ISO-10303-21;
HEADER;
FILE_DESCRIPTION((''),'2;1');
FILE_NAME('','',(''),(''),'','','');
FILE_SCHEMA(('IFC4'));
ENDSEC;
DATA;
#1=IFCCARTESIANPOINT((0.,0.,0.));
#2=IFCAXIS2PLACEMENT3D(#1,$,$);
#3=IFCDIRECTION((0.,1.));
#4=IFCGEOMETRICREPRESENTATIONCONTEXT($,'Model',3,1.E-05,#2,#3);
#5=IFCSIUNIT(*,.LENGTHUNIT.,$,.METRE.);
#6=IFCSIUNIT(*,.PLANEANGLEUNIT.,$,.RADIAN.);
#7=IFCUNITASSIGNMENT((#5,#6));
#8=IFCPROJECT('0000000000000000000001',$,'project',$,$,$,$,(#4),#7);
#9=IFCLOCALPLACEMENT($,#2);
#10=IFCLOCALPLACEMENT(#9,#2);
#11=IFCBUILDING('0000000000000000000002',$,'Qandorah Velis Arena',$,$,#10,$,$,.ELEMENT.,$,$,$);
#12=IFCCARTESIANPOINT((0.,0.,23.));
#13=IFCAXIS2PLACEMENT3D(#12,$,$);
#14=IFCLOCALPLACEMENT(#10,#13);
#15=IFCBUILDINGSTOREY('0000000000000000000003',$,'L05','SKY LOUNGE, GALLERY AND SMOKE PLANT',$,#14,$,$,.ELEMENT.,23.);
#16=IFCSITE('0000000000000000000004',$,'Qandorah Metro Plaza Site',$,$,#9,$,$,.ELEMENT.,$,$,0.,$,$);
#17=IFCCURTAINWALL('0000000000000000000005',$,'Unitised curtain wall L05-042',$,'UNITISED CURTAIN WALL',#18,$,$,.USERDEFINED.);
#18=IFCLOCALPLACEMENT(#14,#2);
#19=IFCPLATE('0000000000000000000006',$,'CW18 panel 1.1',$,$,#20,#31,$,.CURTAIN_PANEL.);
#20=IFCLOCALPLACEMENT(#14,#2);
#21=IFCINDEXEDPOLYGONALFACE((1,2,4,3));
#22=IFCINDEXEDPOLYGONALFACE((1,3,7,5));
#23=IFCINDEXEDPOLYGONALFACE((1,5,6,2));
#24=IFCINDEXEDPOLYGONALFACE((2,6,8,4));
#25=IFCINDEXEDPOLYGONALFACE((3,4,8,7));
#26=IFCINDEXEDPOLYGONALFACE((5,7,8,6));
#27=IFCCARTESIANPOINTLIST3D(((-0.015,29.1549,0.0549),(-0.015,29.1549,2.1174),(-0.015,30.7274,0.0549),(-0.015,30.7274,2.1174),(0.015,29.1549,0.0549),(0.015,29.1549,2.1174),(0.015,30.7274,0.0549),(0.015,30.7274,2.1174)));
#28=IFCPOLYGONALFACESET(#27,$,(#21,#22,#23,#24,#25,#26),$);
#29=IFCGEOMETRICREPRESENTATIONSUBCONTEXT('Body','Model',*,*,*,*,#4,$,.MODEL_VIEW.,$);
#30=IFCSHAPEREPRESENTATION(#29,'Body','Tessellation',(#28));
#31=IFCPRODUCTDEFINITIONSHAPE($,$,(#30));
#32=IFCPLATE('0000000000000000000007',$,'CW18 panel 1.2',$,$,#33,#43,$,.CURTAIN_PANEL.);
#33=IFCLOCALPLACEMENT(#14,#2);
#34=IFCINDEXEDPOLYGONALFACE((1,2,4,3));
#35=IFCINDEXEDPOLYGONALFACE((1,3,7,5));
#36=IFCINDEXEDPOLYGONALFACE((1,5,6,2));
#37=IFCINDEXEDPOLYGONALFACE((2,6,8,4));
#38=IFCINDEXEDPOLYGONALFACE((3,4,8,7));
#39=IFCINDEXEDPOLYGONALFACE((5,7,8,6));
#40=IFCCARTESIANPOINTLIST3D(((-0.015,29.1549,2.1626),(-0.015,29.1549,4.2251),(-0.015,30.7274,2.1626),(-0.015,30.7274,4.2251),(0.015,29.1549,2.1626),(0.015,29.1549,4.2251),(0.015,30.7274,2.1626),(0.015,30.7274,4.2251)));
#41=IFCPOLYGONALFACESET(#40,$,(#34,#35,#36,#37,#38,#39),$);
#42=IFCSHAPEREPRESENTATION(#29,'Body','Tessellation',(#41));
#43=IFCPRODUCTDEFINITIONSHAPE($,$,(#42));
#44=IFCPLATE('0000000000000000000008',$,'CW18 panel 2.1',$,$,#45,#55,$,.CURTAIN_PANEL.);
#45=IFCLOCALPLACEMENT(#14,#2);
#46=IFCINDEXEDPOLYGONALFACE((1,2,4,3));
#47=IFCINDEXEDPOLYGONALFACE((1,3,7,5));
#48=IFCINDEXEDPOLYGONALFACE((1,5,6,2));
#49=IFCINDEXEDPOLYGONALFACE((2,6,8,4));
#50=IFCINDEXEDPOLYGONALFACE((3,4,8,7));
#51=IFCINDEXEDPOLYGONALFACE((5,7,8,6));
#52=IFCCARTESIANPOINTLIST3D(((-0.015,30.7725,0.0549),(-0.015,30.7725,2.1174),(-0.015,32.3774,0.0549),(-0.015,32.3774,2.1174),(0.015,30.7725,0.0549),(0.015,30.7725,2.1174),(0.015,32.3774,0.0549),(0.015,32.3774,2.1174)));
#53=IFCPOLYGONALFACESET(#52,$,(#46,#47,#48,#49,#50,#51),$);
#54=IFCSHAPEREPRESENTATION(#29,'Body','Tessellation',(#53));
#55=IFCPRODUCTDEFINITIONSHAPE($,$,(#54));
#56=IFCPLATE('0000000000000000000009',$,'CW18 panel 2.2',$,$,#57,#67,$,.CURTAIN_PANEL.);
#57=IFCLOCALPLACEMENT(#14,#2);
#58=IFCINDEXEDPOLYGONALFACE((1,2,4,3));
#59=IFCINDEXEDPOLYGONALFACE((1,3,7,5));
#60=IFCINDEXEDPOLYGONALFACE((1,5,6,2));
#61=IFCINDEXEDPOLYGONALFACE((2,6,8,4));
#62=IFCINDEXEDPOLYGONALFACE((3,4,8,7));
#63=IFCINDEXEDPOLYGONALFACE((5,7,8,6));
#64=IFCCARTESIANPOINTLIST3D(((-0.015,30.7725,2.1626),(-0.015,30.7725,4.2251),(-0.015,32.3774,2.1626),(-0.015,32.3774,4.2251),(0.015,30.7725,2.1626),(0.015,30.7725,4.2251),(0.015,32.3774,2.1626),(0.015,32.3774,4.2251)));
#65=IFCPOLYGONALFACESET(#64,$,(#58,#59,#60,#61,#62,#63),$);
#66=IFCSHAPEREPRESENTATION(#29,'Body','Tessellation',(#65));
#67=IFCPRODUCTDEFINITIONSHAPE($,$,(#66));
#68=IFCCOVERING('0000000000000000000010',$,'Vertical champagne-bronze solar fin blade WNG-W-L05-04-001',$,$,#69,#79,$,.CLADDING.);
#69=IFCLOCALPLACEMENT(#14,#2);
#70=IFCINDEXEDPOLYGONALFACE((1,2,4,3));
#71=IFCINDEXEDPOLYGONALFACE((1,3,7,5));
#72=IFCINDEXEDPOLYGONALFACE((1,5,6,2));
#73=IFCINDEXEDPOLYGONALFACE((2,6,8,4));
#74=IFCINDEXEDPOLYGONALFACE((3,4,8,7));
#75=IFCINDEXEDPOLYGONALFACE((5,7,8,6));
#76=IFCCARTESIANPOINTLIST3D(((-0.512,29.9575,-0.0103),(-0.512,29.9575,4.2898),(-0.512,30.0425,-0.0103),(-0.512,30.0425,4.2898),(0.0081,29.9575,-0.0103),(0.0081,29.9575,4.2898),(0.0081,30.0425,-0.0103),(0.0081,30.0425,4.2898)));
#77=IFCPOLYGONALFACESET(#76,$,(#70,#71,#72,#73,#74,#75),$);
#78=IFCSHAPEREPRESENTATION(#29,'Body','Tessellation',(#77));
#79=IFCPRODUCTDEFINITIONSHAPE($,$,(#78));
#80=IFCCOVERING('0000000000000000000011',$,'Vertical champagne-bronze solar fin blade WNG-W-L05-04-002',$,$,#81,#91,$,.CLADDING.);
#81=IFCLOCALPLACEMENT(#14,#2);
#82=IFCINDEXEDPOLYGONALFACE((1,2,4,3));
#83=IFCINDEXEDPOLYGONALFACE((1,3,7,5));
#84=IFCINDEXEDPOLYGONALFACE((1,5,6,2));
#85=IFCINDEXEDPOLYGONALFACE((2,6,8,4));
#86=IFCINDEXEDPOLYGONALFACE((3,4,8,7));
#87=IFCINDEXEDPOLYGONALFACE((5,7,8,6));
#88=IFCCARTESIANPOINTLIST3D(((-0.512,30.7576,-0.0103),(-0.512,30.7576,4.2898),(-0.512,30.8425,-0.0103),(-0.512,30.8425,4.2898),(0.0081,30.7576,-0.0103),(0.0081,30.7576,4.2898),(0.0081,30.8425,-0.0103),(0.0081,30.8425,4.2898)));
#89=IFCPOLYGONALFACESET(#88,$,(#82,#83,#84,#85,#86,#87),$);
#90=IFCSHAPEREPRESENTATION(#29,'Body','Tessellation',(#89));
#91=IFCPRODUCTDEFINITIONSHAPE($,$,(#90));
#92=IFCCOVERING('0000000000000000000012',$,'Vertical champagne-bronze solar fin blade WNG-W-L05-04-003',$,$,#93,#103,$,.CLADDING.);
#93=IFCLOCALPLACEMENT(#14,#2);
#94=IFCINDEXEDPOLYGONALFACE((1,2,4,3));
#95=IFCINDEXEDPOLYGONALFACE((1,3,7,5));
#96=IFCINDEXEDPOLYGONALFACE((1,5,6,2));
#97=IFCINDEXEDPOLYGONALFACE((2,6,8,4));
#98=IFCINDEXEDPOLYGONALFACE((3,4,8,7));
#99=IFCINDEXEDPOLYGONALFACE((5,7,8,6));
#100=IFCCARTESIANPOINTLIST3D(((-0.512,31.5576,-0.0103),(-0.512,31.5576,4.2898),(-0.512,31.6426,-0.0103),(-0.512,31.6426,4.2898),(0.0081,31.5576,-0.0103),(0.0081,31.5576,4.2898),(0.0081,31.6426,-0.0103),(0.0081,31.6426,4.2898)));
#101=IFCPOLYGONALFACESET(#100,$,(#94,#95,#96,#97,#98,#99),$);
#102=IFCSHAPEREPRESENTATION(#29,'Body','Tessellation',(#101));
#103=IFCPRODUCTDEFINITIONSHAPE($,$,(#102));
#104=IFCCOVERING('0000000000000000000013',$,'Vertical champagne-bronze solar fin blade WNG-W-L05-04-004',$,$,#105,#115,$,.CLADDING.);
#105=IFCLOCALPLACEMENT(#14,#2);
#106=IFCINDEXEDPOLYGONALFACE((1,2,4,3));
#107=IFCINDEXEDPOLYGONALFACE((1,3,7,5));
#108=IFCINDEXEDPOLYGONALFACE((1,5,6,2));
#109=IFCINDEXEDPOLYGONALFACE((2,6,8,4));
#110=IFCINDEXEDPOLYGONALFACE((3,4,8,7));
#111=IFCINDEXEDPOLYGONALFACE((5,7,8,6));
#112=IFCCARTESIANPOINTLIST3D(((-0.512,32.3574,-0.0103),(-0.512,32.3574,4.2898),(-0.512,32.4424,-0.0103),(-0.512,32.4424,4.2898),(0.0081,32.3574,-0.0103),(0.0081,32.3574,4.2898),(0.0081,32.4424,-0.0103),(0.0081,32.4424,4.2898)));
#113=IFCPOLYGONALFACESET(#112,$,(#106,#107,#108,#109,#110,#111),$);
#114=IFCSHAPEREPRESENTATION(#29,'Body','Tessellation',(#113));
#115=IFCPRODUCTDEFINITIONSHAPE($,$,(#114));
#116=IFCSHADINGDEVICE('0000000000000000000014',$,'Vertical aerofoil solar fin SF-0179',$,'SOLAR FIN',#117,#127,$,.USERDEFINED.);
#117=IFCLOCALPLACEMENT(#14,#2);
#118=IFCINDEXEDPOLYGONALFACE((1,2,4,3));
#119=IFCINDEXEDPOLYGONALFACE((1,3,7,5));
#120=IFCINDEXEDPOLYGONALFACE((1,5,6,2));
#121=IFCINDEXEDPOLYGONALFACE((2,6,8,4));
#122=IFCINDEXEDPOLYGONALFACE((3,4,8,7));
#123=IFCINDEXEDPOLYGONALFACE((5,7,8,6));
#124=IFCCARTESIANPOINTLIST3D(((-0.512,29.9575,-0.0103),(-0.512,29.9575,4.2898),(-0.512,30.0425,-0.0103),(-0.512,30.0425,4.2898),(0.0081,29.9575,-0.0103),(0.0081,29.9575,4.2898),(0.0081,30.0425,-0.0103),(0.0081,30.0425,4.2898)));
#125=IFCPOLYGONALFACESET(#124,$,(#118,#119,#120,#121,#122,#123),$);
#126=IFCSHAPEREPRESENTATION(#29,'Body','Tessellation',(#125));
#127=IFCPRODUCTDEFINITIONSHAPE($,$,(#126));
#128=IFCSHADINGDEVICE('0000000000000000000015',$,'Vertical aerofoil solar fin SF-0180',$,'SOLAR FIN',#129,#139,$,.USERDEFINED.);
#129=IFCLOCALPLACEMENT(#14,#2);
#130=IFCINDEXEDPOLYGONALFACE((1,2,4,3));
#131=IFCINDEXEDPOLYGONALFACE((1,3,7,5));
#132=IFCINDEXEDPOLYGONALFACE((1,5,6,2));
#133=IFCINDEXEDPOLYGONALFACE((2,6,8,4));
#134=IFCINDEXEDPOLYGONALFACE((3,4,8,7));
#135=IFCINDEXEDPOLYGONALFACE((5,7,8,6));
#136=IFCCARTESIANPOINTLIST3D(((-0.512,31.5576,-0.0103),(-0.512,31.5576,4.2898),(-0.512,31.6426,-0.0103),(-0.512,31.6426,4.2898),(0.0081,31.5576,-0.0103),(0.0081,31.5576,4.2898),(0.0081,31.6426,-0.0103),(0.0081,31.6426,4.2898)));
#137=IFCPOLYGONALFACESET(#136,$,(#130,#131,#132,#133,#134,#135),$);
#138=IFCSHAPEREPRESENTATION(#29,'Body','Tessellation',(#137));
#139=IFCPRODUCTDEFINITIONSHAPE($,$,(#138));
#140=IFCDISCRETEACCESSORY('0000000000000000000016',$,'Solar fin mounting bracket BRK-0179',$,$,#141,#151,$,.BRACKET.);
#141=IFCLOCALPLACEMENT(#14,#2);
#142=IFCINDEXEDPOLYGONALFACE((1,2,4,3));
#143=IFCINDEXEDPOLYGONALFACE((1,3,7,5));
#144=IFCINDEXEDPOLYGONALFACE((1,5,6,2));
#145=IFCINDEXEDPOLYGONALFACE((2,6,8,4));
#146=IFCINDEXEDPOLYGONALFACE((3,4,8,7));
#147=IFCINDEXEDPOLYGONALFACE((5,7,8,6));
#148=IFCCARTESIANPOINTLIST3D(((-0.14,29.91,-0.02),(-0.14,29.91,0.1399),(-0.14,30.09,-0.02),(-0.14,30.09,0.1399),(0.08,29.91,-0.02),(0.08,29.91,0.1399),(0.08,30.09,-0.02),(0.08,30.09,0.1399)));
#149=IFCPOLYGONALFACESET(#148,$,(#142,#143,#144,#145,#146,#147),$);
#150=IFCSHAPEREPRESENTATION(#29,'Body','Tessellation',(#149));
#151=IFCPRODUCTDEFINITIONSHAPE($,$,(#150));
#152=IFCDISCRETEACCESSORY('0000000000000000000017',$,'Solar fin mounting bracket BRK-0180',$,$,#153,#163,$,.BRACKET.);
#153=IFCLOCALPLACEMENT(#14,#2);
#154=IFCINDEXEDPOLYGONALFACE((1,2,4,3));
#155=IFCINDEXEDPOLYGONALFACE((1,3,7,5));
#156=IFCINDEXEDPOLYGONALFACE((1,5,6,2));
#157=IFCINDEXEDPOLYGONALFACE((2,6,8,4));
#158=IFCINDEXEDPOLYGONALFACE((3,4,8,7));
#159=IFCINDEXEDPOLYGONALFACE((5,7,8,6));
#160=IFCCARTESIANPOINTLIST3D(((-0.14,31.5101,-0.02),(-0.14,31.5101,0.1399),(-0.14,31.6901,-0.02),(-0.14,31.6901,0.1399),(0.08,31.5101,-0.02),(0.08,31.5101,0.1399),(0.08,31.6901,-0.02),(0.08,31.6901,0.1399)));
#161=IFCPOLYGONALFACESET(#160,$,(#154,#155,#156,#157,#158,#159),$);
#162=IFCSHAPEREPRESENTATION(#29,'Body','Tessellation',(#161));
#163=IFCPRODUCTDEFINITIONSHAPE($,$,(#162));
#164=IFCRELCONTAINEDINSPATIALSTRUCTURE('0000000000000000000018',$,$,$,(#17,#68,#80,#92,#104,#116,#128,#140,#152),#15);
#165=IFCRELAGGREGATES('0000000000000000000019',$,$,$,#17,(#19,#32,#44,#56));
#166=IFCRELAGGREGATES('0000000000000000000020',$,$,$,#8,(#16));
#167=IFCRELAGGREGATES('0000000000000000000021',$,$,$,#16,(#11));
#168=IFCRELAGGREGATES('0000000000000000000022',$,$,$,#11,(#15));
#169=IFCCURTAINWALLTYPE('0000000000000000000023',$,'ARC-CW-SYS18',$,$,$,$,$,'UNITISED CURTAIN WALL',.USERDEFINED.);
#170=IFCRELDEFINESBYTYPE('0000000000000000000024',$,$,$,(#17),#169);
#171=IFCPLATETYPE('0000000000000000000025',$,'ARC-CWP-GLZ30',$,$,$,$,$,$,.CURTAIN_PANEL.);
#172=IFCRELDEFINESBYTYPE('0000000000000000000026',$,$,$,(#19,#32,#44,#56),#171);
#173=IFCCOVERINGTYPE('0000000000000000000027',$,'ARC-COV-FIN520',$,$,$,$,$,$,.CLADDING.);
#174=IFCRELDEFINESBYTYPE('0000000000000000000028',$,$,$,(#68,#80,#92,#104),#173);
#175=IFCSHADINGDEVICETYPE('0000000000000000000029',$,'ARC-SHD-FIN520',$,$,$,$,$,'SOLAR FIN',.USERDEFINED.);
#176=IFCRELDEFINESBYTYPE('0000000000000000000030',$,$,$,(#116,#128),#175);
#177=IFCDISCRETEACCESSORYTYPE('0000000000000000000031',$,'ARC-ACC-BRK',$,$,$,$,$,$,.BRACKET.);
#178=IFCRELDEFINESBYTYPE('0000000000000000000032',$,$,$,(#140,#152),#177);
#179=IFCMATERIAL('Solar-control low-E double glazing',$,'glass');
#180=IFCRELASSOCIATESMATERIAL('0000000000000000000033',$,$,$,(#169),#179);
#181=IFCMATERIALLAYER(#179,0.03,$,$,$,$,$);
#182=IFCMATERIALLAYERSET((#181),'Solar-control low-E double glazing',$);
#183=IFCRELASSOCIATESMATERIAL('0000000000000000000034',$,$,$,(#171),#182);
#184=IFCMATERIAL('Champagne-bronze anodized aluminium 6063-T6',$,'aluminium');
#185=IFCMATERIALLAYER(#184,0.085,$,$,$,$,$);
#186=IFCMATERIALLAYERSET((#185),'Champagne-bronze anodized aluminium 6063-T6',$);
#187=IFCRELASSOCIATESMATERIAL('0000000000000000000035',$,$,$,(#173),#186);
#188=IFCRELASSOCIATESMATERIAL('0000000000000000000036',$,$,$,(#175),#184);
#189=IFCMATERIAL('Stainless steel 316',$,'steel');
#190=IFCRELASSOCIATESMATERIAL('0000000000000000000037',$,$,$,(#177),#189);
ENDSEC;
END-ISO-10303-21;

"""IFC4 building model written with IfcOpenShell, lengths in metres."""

from ifc_helpers import new_model, si_unit, direction, frame, origin, origin_2d, place, context, subcontext, project, spatial, rectangle, extrude, material, layer, layer_set, type_object, element, aggregate, save


model = new_model("IFC4")

# Units and contexts
model_context = context("Model", 3, precision=1e-05, world=origin(), true_north=direction((0.0, 1.0)))
body_context = subcontext(model_context, "Body", "Model", "MODEL_VIEW")
ifc_project = project(units=[si_unit("LENGTHUNIT", "METRE"), si_unit("PLANEANGLEUNIT", "RADIAN")], contexts=[model_context])

# Site, building, storey
site_placement = place(None, origin())
site = spatial("IfcSite", under=ifc_project, at=site_placement, Name="Qandorah Metro Plaza Site", CompositionType="ELEMENT", RefElevation=0.0)
building_placement = place(site_placement, origin())
building = spatial("IfcBuilding", under=site, at=building_placement, Name="Qandorah Velis Arena", CompositionType="ELEMENT")
storey_placement = place(building_placement, frame((0.0, 0.0, 23.0)))
storey = spatial("IfcBuildingStorey", under=building, at=storey_placement, Name="L05", Description="SKY LOUNGE, GALLERY AND SMOKE PLANT", CompositionType="ELEMENT", Elevation=23.0)

# Curtain wall
ifc_material_1 = material(Name="Solar-control low-E double glazing", Category="glass")
curtain_wall_type = type_object("IfcCurtainWallType", Name="ARC-CW-SYS18", ElementType="UNITISED CURTAIN WALL", PredefinedType="USERDEFINED", material=ifc_material_1)
curtain_wall_placement = place(storey_placement, origin())
curtain_wall = element("IfcCurtainWall", 1, at=curtain_wall_placement, inside=storey, type_object=curtain_wall_type, Name="Unitised curtain wall L05-042", ObjectType="UNITISED CURTAIN WALL", PredefinedType="USERDEFINED")
ifc_material_2 = material(Name="Champagne-bronze anodized aluminium 6063-T6", Category="aluminium")

# Plates
ifc_layer_1 = layer(ifc_material_1, 0.03)
ifc_layer_set_1 = layer_set([ifc_layer_1], Name="Solar-control low-E double glazing")
plate_type = type_object("IfcPlateType", Name="ARC-CWP-GLZ30", PredefinedType="CURTAIN_PANEL", material=ifc_layer_set_1)
plate_1_placement = place(storey_placement, frame((0.0, 29.9412, 0.0549), z_axis=(0.0, 0.0, 1.0), x_axis=(0.0, 1.0, 0.0)))
plate_1 = element("IfcPlate", 2, at=plate_1_placement, type_object=plate_type, Name="CW18 panel 1.1", PredefinedType="CURTAIN_PANEL", context=body_context, shape_type="SweptSolid", body=[
    extrude(rectangle(XDim=1.5725, YDim=0.03, at=origin_2d()), origin(), (0.0, 0.0, 1.0), 2.0625),
])
plate_2_placement = place(storey_placement, frame((0.0, 29.9412, 2.1626), z_axis=(0.0, 0.0, 1.0), x_axis=(0.0, 1.0, 0.0)))
plate_2 = element("IfcPlate", 3, at=plate_2_placement, type_object=plate_type, Name="CW18 panel 1.2", PredefinedType="CURTAIN_PANEL", context=body_context, shape_type="SweptSolid", body=[
    extrude(rectangle(XDim=1.5725, YDim=0.03, at=origin_2d()), origin(), (0.0, 0.0, 1.0), 2.0625),
])
plate_3_placement = place(storey_placement, frame((0.0, 31.575, 0.0549), z_axis=(0.0, 0.0, 1.0), x_axis=(0.0, 1.0, 0.0)))
plate_3 = element("IfcPlate", 4, at=plate_3_placement, type_object=plate_type, Name="CW18 panel 2.1", PredefinedType="CURTAIN_PANEL", context=body_context, shape_type="SweptSolid", body=[
    extrude(rectangle(XDim=1.605, YDim=0.03, at=origin_2d()), origin(), (0.0, 0.0, 1.0), 2.0625),
])
plate_4_placement = place(storey_placement, frame((0.0, 31.575, 2.1626), z_axis=(0.0, 0.0, 1.0), x_axis=(0.0, 1.0, 0.0)))
plate_4 = element("IfcPlate", 5, at=plate_4_placement, type_object=plate_type, Name="CW18 panel 2.2", PredefinedType="CURTAIN_PANEL", context=body_context, shape_type="SweptSolid", body=[
    extrude(rectangle(XDim=1.605, YDim=0.03, at=origin_2d()), origin(), (0.0, 0.0, 1.0), 2.0625),
])
aggregate(curtain_wall, [plate_1, plate_2, plate_3, plate_4])

# Coverings
ifc_layer_2 = layer(ifc_material_2, 0.085)
ifc_layer_set_2 = layer_set([ifc_layer_2], Name="Champagne-bronze anodized aluminium 6063-T6")
covering_type = type_object("IfcCoveringType", Name="ARC-COV-FIN520", PredefinedType="CLADDING", material=ifc_layer_set_2)
for number, where, z_axis, x_axis, name in (
    (6, (-0.252, 30.0, -0.0103), (0.0, 0.0, 1.0), (1.0, 0.0, 0.0), "Vertical champagne-bronze solar fin blade WNG-W-L05-04-001"),
    (7, (-0.252, 30.8, -0.0103), (0.0, 0.0, 1.0), (1.0, 0.0, 0.0), "Vertical champagne-bronze solar fin blade WNG-W-L05-04-002"),
    (8, (-0.252, 31.6001, -0.0103), (0.0, 0.0, 1.0), (1.0, 0.0, 0.0), "Vertical champagne-bronze solar fin blade WNG-W-L05-04-003"),
    (9, (-0.252, 32.3999, -0.0103), (0.0, 0.0, 1.0), (1.0, 0.0, 0.0), "Vertical champagne-bronze solar fin blade WNG-W-L05-04-004"),
):
    element("IfcCovering", number, at=place(storey_placement, frame(where, z_axis=z_axis, x_axis=x_axis)), inside=storey, type_object=covering_type, Name=name, PredefinedType="CLADDING", context=body_context, shape_type="SweptSolid", body=[
        extrude(rectangle(XDim=0.52, YDim=0.085, at=origin_2d()), origin(), (0.0, 0.0, 1.0), 4.3),
    ])

# Shading devices
shading_device_type = type_object("IfcShadingDeviceType", Name="ARC-SHD-FIN520", ElementType="SOLAR FIN", PredefinedType="USERDEFINED", material=ifc_material_2)
for number, where, z_axis, x_axis, name in (
    (10, (-0.252, 30.0, -0.0103), (0.0, 0.0, 1.0), (1.0, 0.0, 0.0), "Vertical aerofoil solar fin SF-0179"),
    (11, (-0.252, 31.6001, -0.0103), (0.0, 0.0, 1.0), (1.0, 0.0, 0.0), "Vertical aerofoil solar fin SF-0180"),
):
    element("IfcShadingDevice", number, at=place(storey_placement, frame(where, z_axis=z_axis, x_axis=x_axis)), inside=storey, type_object=shading_device_type, Name=name, ObjectType="SOLAR FIN", PredefinedType="USERDEFINED", context=body_context, shape_type="SweptSolid", body=[
        extrude(rectangle(XDim=0.52, YDim=0.085, at=origin_2d()), origin(), (0.0, 0.0, 1.0), 4.3),
    ])

# Discrete accessories
ifc_material_3 = material(Name="Stainless steel 316", Category="steel")
discrete_accessory_type = type_object("IfcDiscreteAccessoryType", Name="ARC-ACC-BRK", PredefinedType="BRACKET", material=ifc_material_3)
for number, where, z_axis, x_axis, name in (
    (12, (-0.03, 30.0, -0.02), (0.0, 0.0, 1.0), (1.0, 0.0, 0.0), "Solar fin mounting bracket BRK-0179"),
    (13, (-0.03, 31.6001, -0.02), (0.0, 0.0, 1.0), (1.0, 0.0, 0.0), "Solar fin mounting bracket BRK-0180"),
):
    element("IfcDiscreteAccessory", number, at=place(storey_placement, frame(where, z_axis=z_axis, x_axis=x_axis)), inside=storey, type_object=discrete_accessory_type, Name=name, PredefinedType="BRACKET", context=body_context, shape_type="SweptSolid", body=[
        extrude(rectangle(XDim=0.22, YDim=0.1799, at=origin_2d()), origin(), (0.0, 0.0, 1.0), 0.1599),
    ])

save(model, "model.ifc")
